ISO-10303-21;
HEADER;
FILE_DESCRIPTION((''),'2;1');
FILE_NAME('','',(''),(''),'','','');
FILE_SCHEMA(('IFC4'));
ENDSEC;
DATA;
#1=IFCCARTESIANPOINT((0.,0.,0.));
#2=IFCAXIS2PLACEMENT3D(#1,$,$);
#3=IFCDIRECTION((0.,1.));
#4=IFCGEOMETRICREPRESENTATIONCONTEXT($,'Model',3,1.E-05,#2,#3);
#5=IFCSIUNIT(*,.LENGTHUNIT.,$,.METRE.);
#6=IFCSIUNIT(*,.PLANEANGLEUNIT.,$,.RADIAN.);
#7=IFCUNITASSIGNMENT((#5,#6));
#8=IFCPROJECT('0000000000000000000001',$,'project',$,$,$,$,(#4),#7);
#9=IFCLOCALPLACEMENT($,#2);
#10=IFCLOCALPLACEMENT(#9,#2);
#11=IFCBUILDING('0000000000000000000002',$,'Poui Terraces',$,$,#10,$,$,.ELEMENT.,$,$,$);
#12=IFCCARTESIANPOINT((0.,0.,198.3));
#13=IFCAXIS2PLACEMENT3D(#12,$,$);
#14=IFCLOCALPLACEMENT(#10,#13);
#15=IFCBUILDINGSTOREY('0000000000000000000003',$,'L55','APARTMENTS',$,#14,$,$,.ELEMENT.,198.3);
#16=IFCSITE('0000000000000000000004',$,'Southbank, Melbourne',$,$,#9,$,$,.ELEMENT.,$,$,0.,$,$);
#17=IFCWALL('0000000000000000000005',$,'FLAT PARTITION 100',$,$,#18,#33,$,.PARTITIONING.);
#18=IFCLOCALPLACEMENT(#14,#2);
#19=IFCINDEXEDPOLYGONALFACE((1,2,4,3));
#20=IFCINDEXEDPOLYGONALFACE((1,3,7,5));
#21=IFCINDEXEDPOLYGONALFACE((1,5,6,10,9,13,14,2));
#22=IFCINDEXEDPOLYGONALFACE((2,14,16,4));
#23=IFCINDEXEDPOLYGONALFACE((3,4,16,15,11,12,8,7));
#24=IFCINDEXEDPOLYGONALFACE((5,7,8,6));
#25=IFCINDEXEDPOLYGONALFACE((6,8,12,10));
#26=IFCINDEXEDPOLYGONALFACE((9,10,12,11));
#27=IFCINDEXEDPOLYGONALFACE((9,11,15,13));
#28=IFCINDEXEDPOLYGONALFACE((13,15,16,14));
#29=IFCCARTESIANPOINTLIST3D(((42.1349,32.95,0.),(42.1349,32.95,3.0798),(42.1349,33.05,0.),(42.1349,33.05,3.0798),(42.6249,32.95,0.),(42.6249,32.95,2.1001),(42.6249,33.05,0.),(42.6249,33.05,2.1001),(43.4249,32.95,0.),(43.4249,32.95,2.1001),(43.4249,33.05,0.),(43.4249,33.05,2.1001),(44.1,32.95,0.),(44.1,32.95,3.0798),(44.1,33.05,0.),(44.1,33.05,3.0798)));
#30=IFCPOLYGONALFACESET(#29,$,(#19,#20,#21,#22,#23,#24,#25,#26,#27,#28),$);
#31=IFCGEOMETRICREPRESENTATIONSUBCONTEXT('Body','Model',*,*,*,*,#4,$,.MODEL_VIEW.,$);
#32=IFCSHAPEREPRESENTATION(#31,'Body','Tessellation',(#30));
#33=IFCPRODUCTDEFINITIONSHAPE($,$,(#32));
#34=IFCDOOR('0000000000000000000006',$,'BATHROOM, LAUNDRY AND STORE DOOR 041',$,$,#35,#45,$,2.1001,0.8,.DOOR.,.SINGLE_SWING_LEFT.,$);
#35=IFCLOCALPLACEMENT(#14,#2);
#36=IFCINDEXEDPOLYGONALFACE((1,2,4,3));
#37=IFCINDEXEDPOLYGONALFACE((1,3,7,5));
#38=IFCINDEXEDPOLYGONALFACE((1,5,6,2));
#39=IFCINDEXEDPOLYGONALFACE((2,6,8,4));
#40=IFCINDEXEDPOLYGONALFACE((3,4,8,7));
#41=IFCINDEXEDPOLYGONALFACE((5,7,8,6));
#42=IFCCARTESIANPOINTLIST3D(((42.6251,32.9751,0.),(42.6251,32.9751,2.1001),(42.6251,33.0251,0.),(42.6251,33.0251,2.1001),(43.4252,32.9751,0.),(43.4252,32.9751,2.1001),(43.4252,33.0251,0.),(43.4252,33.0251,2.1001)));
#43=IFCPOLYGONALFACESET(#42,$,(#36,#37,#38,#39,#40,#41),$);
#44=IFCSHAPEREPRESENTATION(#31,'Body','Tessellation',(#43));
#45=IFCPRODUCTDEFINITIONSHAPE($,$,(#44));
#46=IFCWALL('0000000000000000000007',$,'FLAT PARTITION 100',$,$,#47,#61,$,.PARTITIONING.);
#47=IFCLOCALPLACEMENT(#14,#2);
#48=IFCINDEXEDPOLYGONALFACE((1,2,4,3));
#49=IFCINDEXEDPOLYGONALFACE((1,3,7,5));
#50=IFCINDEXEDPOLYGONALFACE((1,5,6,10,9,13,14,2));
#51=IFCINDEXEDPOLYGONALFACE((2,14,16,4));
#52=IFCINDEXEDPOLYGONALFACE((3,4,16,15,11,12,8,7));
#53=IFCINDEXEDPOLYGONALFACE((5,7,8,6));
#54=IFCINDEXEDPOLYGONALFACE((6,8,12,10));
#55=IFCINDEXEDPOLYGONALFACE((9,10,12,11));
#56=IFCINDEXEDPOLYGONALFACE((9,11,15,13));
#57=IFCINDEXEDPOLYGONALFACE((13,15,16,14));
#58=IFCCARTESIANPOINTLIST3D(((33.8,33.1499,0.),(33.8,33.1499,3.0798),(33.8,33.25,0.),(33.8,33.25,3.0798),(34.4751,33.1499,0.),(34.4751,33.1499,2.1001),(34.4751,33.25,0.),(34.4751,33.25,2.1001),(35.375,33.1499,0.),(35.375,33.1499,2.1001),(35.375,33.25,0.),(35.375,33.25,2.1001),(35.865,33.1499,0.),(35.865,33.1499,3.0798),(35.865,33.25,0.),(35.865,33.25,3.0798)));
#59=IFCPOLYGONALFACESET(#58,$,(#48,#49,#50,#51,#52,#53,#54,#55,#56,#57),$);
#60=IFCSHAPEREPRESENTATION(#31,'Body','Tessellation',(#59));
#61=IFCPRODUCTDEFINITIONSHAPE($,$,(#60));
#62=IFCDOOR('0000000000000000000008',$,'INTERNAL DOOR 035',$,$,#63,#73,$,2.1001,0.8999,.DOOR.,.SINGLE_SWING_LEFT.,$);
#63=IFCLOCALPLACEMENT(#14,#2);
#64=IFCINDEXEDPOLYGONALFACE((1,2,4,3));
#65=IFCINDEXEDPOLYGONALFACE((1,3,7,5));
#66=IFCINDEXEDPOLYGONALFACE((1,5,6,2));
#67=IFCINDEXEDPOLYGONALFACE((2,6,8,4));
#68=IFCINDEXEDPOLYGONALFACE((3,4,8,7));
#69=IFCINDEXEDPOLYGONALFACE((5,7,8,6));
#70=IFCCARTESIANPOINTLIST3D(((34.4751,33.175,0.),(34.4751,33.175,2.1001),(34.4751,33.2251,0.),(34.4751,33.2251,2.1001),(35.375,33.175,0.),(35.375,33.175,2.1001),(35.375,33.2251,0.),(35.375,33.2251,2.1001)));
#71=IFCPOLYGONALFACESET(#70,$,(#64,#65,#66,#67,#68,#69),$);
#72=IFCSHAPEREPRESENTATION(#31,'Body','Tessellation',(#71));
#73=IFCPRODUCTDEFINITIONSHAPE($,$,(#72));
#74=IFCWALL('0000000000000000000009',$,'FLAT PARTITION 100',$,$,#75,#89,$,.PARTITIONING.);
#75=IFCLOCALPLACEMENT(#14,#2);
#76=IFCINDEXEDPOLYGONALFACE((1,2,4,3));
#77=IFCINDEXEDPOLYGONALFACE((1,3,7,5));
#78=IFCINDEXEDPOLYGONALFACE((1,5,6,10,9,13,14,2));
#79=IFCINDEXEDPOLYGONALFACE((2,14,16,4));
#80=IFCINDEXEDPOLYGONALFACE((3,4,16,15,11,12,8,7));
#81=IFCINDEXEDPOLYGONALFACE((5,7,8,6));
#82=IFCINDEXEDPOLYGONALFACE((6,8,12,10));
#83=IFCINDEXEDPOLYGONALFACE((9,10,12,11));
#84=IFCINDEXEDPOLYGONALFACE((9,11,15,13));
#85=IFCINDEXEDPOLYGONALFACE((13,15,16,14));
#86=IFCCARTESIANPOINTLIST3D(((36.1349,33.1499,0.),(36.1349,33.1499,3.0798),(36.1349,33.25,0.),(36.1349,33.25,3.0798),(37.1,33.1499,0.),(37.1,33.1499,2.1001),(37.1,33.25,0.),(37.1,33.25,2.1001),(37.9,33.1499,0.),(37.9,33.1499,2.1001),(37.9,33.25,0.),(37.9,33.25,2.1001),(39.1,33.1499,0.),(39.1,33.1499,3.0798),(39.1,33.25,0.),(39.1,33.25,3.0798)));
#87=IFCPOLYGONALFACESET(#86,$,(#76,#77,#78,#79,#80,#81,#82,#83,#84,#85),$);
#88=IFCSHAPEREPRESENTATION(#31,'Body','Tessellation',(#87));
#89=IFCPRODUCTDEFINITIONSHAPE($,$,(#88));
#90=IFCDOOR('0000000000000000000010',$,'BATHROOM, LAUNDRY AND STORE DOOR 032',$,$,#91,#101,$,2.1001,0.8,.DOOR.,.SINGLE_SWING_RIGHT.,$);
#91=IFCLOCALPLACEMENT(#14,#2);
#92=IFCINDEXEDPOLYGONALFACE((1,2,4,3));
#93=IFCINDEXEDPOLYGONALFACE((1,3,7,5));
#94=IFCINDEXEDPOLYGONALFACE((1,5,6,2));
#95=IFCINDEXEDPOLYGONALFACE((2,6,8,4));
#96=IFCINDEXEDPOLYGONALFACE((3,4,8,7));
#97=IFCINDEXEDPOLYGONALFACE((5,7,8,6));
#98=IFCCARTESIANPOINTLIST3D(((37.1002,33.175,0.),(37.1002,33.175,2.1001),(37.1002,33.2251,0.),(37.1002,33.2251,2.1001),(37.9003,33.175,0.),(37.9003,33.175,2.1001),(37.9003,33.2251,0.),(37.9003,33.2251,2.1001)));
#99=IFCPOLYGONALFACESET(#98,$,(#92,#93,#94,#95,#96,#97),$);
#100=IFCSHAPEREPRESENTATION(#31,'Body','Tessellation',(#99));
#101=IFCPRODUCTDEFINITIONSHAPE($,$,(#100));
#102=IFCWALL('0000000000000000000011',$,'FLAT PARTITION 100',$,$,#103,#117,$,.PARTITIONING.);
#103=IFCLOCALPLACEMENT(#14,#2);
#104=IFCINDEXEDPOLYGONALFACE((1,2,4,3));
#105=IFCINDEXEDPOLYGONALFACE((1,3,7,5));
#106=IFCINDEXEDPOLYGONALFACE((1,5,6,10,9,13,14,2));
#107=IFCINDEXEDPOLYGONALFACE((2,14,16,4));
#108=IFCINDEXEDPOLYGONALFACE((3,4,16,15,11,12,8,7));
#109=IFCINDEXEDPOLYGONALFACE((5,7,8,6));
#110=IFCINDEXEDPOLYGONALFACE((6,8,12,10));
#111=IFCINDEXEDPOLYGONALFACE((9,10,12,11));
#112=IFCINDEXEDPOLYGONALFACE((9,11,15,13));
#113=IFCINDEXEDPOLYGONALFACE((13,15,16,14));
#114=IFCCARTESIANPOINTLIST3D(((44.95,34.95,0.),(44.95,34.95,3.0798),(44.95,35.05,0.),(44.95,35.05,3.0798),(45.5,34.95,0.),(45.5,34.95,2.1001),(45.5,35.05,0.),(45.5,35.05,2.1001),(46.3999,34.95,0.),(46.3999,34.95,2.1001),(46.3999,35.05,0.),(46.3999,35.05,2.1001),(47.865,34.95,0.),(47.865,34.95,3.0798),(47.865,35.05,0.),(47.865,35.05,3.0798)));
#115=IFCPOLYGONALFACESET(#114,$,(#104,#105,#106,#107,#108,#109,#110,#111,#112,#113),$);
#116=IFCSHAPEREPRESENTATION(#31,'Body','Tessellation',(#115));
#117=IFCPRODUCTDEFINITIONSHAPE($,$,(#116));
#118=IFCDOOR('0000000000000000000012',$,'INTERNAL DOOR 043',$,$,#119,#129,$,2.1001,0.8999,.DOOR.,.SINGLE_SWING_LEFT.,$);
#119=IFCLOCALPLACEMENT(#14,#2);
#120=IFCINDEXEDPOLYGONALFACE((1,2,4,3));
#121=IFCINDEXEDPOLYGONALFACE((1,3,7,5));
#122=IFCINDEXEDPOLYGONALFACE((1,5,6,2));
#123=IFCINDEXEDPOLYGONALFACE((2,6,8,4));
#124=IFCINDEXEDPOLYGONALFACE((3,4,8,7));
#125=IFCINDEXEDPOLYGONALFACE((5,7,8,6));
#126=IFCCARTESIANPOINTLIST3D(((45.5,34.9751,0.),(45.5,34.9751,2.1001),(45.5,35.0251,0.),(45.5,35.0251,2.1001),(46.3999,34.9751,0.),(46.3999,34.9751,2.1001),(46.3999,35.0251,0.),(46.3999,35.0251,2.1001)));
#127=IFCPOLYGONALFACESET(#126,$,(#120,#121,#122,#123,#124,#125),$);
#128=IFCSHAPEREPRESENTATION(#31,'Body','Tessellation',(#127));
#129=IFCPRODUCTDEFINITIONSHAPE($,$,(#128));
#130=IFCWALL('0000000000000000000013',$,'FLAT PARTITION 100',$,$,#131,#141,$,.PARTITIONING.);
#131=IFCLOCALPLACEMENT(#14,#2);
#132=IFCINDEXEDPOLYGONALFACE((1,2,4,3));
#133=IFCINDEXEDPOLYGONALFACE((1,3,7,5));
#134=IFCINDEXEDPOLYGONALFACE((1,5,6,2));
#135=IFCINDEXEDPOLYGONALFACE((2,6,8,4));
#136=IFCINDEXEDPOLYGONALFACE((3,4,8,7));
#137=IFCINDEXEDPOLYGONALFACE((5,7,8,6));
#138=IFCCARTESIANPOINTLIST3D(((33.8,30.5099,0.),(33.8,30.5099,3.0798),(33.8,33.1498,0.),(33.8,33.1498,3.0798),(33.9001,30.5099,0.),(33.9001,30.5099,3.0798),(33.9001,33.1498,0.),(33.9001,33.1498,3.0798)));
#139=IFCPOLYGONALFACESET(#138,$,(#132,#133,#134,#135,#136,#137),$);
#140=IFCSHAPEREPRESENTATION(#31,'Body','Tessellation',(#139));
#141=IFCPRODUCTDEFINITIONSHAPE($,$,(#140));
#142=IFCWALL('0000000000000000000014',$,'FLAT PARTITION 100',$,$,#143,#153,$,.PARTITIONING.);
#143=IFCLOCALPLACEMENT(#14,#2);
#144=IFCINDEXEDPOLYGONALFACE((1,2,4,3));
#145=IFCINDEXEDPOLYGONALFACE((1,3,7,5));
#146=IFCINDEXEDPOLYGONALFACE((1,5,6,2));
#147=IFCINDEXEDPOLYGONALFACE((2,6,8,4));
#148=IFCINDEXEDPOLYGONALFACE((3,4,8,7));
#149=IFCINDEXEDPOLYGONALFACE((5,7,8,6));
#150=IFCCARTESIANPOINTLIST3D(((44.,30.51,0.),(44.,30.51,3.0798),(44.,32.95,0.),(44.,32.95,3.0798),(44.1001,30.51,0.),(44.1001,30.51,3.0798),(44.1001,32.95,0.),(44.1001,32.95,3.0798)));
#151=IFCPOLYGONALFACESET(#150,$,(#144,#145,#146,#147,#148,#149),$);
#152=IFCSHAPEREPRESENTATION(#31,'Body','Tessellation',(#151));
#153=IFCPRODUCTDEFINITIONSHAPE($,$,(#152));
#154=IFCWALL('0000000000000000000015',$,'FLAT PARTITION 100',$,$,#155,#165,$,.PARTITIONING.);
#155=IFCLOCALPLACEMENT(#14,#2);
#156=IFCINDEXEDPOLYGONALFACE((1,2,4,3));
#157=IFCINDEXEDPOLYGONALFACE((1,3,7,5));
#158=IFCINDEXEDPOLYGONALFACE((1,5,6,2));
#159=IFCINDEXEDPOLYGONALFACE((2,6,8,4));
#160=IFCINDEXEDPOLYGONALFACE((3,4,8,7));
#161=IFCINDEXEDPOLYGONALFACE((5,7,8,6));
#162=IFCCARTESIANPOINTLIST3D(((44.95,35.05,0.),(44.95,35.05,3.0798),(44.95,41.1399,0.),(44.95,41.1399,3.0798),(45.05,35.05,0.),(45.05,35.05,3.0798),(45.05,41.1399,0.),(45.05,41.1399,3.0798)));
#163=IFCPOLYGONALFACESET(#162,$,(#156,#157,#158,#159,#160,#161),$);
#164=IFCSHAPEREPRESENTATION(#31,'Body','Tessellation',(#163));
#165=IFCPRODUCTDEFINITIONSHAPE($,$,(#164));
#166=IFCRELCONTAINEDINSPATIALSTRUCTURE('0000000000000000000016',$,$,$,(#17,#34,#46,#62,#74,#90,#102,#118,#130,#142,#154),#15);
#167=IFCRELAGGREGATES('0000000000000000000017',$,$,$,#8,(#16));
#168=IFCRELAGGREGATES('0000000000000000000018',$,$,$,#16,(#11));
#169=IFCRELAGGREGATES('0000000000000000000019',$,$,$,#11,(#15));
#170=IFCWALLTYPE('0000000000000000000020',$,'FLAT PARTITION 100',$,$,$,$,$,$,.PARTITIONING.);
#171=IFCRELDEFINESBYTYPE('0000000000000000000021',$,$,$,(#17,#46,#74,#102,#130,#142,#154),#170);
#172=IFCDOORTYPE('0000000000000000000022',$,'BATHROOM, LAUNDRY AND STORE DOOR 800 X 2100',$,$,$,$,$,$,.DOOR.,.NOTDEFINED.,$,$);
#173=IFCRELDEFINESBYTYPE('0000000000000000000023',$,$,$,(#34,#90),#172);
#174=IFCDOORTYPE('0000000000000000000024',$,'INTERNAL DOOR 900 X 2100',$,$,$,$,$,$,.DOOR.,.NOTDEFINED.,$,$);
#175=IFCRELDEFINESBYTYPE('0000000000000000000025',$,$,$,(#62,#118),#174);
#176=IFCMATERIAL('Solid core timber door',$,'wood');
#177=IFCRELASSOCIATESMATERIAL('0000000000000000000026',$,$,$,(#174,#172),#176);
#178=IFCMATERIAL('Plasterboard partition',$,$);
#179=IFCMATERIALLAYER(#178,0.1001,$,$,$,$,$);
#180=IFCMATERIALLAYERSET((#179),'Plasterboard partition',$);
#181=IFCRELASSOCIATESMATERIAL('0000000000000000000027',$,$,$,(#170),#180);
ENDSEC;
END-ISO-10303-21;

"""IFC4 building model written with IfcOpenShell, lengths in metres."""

from ifc_helpers import new_model, si_unit, direction, frame, frame_2d, origin, place, context, subcontext, project, spatial, rectangle, extrude, material, layer, layer_set, type_object, element, fill, save


model = new_model("IFC4")

# Units and contexts
model_context = context("Model", 3, precision=1e-05, world=origin(), true_north=direction((0.0, 1.0)))
body_context = subcontext(model_context, "Body", "Model", "MODEL_VIEW")
ifc_project = project(units=[si_unit("LENGTHUNIT", "METRE"), si_unit("PLANEANGLEUNIT", "RADIAN")], contexts=[model_context])

# Site, building, storey
site_placement = place(None, origin())
site = spatial("IfcSite", under=ifc_project, at=site_placement, Name="Southbank, Melbourne", CompositionType="ELEMENT", RefElevation=0.0)
building_placement = place(site_placement, origin())
building = spatial("IfcBuilding", under=site, at=building_placement, Name="Poui Terraces", CompositionType="ELEMENT")
storey_placement = place(building_placement, frame((0.0, 0.0, 198.3)))
storey = spatial("IfcBuildingStorey", under=building, at=storey_placement, Name="L55", Description="APARTMENTS", CompositionType="ELEMENT", Elevation=198.3)

# Walls, openings, doors
ifc_material_1 = material(Name="Solid core timber door", Category="wood")
door_type_1 = type_object("IfcDoorType", Name="INTERNAL DOOR 900 X 2100", OperationType="NOTDEFINED", PredefinedType="DOOR", material=ifc_material_1)
ifc_material_2 = material(Name="Plasterboard partition")
ifc_layer_1 = layer(ifc_material_2, 0.1001)
ifc_layer_set_1 = layer_set([ifc_layer_1], Name="Plasterboard partition")
wall_type_1 = type_object("IfcWallType", Name="FLAT PARTITION 100", PredefinedType="PARTITIONING", material=ifc_layer_set_1)
door_type_2 = type_object("IfcDoorType", Name="BATHROOM, LAUNDRY AND STORE DOOR 800 X 2100", OperationType="NOTDEFINED", PredefinedType="DOOR", material=ifc_material_1)
wall_1_placement = place(storey_placement, frame((42.135, 33.0, 0.0), z_axis=(0.0, 0.0, 1.0), x_axis=(1.0, 0.0, 0.0)))
wall_1 = element("IfcWall", 1, at=wall_1_placement, inside=storey, type_object=wall_type_1, Name="FLAT PARTITION 100", PredefinedType="PARTITIONING", context=body_context, shape_type="SweptSolid", body=[
    extrude(rectangle(XDim=1.9651, YDim=0.1001, at=frame_2d((0.9824, 0.0))), origin(), (0.0, 0.0, 1.0), 3.0798),
])
opening_1_placement = place(wall_1_placement, frame((0.49, 0.0, 0.0)))
opening_1 = element("IfcOpeningElement", 2, at=opening_1_placement, cuts=wall_1, PredefinedType="OPENING", context=body_context, shape_type="SweptSolid", body=[
    extrude(rectangle(XDim=0.8, YDim=2.1001, at=frame_2d((0.3999, 1.05))), frame((0.0, 0.0601, 0.0), z_axis=(0.0, -1.0, 0.0), x_axis=(1.0, 0.0, 0.0)), (0.0, 0.0, 1.0), 0.1201),
])
door_1_placement = place(opening_1_placement, frame((0.8, 0.0, 0.0), z_axis=(0.0, 0.0, 1.0), x_axis=(-1.0, 0.0, 0.0)))
door_1 = element("IfcDoor", 3, at=door_1_placement, inside=storey, type_object=door_type_2, Name="BATHROOM, LAUNDRY AND STORE DOOR 041", OperationType="SINGLE_SWING_LEFT", OverallHeight=2.1001, OverallWidth=0.8, PredefinedType="DOOR", context=body_context, shape_type="SweptSolid", body=[
    extrude(rectangle(XDim=0.8, YDim=2.1001, at=frame_2d((0.3999, 1.05))), frame((0.0, 0.0249, 0.0), z_axis=(0.0, -1.0, 0.0), x_axis=(1.0, 0.0, 0.0)), (0.0, 0.0, 1.0), 0.05),
])
fill(opening_1, door_1)
wall_2_placement = place(storey_placement, frame((33.8, 33.2, 0.0), z_axis=(0.0, 0.0, 1.0), x_axis=(1.0, 0.0, 0.0)))
wall_2 = element("IfcWall", 4, at=wall_2_placement, inside=storey, type_object=wall_type_1, Name="FLAT PARTITION 100", PredefinedType="PARTITIONING", context=body_context, shape_type="SweptSolid", body=[
    extrude(rectangle(XDim=2.0649, YDim=0.1001, at=frame_2d((1.0325, 0.0))), origin(), (0.0, 0.0, 1.0), 3.0798),
])
opening_2_placement = place(wall_2_placement, frame((0.675, 0.0, 0.0)))
opening_2 = element("IfcOpeningElement", 5, at=opening_2_placement, cuts=wall_2, PredefinedType="OPENING", context=body_context, shape_type="SweptSolid", body=[
    extrude(rectangle(XDim=0.8999, YDim=2.1001, at=frame_2d((0.45, 1.05))), frame((0.0, 0.0601, 0.0), z_axis=(0.0, -1.0, 0.0), x_axis=(1.0, 0.0, 0.0)), (0.0, 0.0, 1.0), 0.1201),
])
door_2_placement = place(opening_2_placement, frame((0.8999, 0.0, 0.0), z_axis=(0.0, 0.0, 1.0), x_axis=(-1.0, 0.0, 0.0)))
door_2 = element("IfcDoor", 6, at=door_2_placement, inside=storey, type_object=door_type_1, Name="INTERNAL DOOR 035", OperationType="SINGLE_SWING_LEFT", OverallHeight=2.1001, OverallWidth=0.8999, PredefinedType="DOOR", context=body_context, shape_type="SweptSolid", body=[
    extrude(rectangle(XDim=0.8999, YDim=2.1001, at=frame_2d((0.45, 1.05))), frame((0.0, 0.0249, 0.0), z_axis=(0.0, -1.0, 0.0), x_axis=(1.0, 0.0, 0.0)), (0.0, 0.0, 1.0), 0.05),
])
fill(opening_2, door_2)
wall_3_placement = place(storey_placement, frame((36.135, 33.2, 0.0), z_axis=(0.0, 0.0, 1.0), x_axis=(1.0, 0.0, 0.0)))
wall_3 = element("IfcWall", 7, at=wall_3_placement, inside=storey, type_object=wall_type_1, Name="FLAT PARTITION 100", PredefinedType="PARTITIONING", context=body_context, shape_type="SweptSolid", body=[
    extrude(rectangle(XDim=2.9651, YDim=0.1001, at=frame_2d((1.4824, 0.0))), origin(), (0.0, 0.0, 1.0), 3.0798),
])
opening_3_placement = place(wall_3_placement, frame((0.9651, 0.0, 0.0)))
opening_3 = element("IfcOpeningElement", 8, at=opening_3_placement, cuts=wall_3, PredefinedType="OPENING", context=body_context, shape_type="SweptSolid", body=[
    extrude(rectangle(XDim=0.8, YDim=2.1001, at=frame_2d((0.3999, 1.05))), frame((0.0, 0.0601, 0.0), z_axis=(0.0, -1.0, 0.0), x_axis=(1.0, 0.0, 0.0)), (0.0, 0.0, 1.0), 0.1201),
])
door_3_placement = place(opening_3_placement, frame((0.8, 0.0, 0.0), z_axis=(0.0, 0.0, 1.0), x_axis=(-1.0, 0.0, 0.0)))
door_3 = element("IfcDoor", 9, at=door_3_placement, inside=storey, type_object=door_type_2, Name="BATHROOM, LAUNDRY AND STORE DOOR 032", OperationType="SINGLE_SWING_RIGHT", OverallHeight=2.1001, OverallWidth=0.8, PredefinedType="DOOR", context=body_context, shape_type="SweptSolid", body=[
    extrude(rectangle(XDim=0.8, YDim=2.1001, at=frame_2d((0.3999, 1.05))), frame((0.0, 0.0249, 0.0), z_axis=(0.0, -1.0, 0.0), x_axis=(1.0, 0.0, 0.0)), (0.0, 0.0, 1.0), 0.05),
])
fill(opening_3, door_3)
wall_4_placement = place(storey_placement, frame((44.95, 35.0, 0.0), z_axis=(0.0, 0.0, 1.0), x_axis=(1.0, 0.0, 0.0)))
wall_4 = element("IfcWall", 10, at=wall_4_placement, inside=storey, type_object=wall_type_1, Name="FLAT PARTITION 100", PredefinedType="PARTITIONING", context=body_context, shape_type="SweptSolid", body=[
    extrude(rectangle(XDim=2.915, YDim=0.1001, at=frame_2d((1.4575, 0.0))), origin(), (0.0, 0.0, 1.0), 3.0798),
])
opening_4_placement = place(wall_4_placement, frame((0.55, 0.0, 0.0)))
opening_4 = element("IfcOpeningElement", 11, at=opening_4_placement, cuts=wall_4, PredefinedType="OPENING", context=body_context, shape_type="SweptSolid", body=[
    extrude(rectangle(XDim=0.8999, YDim=2.1001, at=frame_2d((0.45, 1.05))), frame((0.0, 0.0601, 0.0), z_axis=(0.0, -1.0, 0.0), x_axis=(1.0, 0.0, 0.0)), (0.0, 0.0, 1.0), 0.1201),
])
door_4_placement = place(opening_4_placement, frame((0.8999, 0.0, 0.0), z_axis=(0.0, 0.0, 1.0), x_axis=(-1.0, 0.0, 0.0)))
door_4 = element("IfcDoor", 12, at=door_4_placement, inside=storey, type_object=door_type_1, Name="INTERNAL DOOR 043", OperationType="SINGLE_SWING_LEFT", OverallHeight=2.1001, OverallWidth=0.8999, PredefinedType="DOOR", context=body_context, shape_type="SweptSolid", body=[
    extrude(rectangle(XDim=0.8999, YDim=2.1001, at=frame_2d((0.45, 1.05))), frame((0.0, 0.0249, 0.0), z_axis=(0.0, -1.0, 0.0), x_axis=(1.0, 0.0, 0.0)), (0.0, 0.0, 1.0), 0.05),
])
fill(opening_4, door_4)

# Walls
wall_5_placement = place(storey_placement, frame((33.8501, 30.51, 0.0), z_axis=(0.0, 0.0, 1.0), x_axis=(0.0, 1.0, 0.0)))
element("IfcWall", 13, at=wall_5_placement, inside=storey, type_object=wall_type_1, Name="FLAT PARTITION 100", PredefinedType="PARTITIONING", context=body_context, shape_type="SweptSolid", body=[
    extrude(rectangle(XDim=2.6399, YDim=0.1001, at=frame_2d((1.3198, 0.0))), origin(), (0.0, 0.0, 1.0), 3.0798),
])
wall_6_placement = place(storey_placement, frame((44.05, 30.51, 0.0), z_axis=(0.0, 0.0, 1.0), x_axis=(0.0, 1.0, 0.0)))
element("IfcWall", 14, at=wall_6_placement, inside=storey, type_object=wall_type_1, Name="FLAT PARTITION 100", PredefinedType="PARTITIONING", context=body_context, shape_type="SweptSolid", body=[
    extrude(rectangle(XDim=2.4399, YDim=0.1001, at=frame_2d((1.22, 0.0))), origin(), (0.0, 0.0, 1.0), 3.0798),
])
wall_7_placement = place(storey_placement, frame((45.0, 35.05, 0.0), z_axis=(0.0, 0.0, 1.0), x_axis=(0.0, 1.0, 0.0)))
element("IfcWall", 15, at=wall_7_placement, inside=storey, type_object=wall_type_1, Name="FLAT PARTITION 100", PredefinedType="PARTITIONING", context=body_context, shape_type="SweptSolid", body=[
    extrude(rectangle(XDim=6.0898, YDim=0.1001, at=frame_2d((3.0449, 0.0))), origin(), (0.0, 0.0, 1.0), 3.0798),
])

save(model, "model.ifc")
